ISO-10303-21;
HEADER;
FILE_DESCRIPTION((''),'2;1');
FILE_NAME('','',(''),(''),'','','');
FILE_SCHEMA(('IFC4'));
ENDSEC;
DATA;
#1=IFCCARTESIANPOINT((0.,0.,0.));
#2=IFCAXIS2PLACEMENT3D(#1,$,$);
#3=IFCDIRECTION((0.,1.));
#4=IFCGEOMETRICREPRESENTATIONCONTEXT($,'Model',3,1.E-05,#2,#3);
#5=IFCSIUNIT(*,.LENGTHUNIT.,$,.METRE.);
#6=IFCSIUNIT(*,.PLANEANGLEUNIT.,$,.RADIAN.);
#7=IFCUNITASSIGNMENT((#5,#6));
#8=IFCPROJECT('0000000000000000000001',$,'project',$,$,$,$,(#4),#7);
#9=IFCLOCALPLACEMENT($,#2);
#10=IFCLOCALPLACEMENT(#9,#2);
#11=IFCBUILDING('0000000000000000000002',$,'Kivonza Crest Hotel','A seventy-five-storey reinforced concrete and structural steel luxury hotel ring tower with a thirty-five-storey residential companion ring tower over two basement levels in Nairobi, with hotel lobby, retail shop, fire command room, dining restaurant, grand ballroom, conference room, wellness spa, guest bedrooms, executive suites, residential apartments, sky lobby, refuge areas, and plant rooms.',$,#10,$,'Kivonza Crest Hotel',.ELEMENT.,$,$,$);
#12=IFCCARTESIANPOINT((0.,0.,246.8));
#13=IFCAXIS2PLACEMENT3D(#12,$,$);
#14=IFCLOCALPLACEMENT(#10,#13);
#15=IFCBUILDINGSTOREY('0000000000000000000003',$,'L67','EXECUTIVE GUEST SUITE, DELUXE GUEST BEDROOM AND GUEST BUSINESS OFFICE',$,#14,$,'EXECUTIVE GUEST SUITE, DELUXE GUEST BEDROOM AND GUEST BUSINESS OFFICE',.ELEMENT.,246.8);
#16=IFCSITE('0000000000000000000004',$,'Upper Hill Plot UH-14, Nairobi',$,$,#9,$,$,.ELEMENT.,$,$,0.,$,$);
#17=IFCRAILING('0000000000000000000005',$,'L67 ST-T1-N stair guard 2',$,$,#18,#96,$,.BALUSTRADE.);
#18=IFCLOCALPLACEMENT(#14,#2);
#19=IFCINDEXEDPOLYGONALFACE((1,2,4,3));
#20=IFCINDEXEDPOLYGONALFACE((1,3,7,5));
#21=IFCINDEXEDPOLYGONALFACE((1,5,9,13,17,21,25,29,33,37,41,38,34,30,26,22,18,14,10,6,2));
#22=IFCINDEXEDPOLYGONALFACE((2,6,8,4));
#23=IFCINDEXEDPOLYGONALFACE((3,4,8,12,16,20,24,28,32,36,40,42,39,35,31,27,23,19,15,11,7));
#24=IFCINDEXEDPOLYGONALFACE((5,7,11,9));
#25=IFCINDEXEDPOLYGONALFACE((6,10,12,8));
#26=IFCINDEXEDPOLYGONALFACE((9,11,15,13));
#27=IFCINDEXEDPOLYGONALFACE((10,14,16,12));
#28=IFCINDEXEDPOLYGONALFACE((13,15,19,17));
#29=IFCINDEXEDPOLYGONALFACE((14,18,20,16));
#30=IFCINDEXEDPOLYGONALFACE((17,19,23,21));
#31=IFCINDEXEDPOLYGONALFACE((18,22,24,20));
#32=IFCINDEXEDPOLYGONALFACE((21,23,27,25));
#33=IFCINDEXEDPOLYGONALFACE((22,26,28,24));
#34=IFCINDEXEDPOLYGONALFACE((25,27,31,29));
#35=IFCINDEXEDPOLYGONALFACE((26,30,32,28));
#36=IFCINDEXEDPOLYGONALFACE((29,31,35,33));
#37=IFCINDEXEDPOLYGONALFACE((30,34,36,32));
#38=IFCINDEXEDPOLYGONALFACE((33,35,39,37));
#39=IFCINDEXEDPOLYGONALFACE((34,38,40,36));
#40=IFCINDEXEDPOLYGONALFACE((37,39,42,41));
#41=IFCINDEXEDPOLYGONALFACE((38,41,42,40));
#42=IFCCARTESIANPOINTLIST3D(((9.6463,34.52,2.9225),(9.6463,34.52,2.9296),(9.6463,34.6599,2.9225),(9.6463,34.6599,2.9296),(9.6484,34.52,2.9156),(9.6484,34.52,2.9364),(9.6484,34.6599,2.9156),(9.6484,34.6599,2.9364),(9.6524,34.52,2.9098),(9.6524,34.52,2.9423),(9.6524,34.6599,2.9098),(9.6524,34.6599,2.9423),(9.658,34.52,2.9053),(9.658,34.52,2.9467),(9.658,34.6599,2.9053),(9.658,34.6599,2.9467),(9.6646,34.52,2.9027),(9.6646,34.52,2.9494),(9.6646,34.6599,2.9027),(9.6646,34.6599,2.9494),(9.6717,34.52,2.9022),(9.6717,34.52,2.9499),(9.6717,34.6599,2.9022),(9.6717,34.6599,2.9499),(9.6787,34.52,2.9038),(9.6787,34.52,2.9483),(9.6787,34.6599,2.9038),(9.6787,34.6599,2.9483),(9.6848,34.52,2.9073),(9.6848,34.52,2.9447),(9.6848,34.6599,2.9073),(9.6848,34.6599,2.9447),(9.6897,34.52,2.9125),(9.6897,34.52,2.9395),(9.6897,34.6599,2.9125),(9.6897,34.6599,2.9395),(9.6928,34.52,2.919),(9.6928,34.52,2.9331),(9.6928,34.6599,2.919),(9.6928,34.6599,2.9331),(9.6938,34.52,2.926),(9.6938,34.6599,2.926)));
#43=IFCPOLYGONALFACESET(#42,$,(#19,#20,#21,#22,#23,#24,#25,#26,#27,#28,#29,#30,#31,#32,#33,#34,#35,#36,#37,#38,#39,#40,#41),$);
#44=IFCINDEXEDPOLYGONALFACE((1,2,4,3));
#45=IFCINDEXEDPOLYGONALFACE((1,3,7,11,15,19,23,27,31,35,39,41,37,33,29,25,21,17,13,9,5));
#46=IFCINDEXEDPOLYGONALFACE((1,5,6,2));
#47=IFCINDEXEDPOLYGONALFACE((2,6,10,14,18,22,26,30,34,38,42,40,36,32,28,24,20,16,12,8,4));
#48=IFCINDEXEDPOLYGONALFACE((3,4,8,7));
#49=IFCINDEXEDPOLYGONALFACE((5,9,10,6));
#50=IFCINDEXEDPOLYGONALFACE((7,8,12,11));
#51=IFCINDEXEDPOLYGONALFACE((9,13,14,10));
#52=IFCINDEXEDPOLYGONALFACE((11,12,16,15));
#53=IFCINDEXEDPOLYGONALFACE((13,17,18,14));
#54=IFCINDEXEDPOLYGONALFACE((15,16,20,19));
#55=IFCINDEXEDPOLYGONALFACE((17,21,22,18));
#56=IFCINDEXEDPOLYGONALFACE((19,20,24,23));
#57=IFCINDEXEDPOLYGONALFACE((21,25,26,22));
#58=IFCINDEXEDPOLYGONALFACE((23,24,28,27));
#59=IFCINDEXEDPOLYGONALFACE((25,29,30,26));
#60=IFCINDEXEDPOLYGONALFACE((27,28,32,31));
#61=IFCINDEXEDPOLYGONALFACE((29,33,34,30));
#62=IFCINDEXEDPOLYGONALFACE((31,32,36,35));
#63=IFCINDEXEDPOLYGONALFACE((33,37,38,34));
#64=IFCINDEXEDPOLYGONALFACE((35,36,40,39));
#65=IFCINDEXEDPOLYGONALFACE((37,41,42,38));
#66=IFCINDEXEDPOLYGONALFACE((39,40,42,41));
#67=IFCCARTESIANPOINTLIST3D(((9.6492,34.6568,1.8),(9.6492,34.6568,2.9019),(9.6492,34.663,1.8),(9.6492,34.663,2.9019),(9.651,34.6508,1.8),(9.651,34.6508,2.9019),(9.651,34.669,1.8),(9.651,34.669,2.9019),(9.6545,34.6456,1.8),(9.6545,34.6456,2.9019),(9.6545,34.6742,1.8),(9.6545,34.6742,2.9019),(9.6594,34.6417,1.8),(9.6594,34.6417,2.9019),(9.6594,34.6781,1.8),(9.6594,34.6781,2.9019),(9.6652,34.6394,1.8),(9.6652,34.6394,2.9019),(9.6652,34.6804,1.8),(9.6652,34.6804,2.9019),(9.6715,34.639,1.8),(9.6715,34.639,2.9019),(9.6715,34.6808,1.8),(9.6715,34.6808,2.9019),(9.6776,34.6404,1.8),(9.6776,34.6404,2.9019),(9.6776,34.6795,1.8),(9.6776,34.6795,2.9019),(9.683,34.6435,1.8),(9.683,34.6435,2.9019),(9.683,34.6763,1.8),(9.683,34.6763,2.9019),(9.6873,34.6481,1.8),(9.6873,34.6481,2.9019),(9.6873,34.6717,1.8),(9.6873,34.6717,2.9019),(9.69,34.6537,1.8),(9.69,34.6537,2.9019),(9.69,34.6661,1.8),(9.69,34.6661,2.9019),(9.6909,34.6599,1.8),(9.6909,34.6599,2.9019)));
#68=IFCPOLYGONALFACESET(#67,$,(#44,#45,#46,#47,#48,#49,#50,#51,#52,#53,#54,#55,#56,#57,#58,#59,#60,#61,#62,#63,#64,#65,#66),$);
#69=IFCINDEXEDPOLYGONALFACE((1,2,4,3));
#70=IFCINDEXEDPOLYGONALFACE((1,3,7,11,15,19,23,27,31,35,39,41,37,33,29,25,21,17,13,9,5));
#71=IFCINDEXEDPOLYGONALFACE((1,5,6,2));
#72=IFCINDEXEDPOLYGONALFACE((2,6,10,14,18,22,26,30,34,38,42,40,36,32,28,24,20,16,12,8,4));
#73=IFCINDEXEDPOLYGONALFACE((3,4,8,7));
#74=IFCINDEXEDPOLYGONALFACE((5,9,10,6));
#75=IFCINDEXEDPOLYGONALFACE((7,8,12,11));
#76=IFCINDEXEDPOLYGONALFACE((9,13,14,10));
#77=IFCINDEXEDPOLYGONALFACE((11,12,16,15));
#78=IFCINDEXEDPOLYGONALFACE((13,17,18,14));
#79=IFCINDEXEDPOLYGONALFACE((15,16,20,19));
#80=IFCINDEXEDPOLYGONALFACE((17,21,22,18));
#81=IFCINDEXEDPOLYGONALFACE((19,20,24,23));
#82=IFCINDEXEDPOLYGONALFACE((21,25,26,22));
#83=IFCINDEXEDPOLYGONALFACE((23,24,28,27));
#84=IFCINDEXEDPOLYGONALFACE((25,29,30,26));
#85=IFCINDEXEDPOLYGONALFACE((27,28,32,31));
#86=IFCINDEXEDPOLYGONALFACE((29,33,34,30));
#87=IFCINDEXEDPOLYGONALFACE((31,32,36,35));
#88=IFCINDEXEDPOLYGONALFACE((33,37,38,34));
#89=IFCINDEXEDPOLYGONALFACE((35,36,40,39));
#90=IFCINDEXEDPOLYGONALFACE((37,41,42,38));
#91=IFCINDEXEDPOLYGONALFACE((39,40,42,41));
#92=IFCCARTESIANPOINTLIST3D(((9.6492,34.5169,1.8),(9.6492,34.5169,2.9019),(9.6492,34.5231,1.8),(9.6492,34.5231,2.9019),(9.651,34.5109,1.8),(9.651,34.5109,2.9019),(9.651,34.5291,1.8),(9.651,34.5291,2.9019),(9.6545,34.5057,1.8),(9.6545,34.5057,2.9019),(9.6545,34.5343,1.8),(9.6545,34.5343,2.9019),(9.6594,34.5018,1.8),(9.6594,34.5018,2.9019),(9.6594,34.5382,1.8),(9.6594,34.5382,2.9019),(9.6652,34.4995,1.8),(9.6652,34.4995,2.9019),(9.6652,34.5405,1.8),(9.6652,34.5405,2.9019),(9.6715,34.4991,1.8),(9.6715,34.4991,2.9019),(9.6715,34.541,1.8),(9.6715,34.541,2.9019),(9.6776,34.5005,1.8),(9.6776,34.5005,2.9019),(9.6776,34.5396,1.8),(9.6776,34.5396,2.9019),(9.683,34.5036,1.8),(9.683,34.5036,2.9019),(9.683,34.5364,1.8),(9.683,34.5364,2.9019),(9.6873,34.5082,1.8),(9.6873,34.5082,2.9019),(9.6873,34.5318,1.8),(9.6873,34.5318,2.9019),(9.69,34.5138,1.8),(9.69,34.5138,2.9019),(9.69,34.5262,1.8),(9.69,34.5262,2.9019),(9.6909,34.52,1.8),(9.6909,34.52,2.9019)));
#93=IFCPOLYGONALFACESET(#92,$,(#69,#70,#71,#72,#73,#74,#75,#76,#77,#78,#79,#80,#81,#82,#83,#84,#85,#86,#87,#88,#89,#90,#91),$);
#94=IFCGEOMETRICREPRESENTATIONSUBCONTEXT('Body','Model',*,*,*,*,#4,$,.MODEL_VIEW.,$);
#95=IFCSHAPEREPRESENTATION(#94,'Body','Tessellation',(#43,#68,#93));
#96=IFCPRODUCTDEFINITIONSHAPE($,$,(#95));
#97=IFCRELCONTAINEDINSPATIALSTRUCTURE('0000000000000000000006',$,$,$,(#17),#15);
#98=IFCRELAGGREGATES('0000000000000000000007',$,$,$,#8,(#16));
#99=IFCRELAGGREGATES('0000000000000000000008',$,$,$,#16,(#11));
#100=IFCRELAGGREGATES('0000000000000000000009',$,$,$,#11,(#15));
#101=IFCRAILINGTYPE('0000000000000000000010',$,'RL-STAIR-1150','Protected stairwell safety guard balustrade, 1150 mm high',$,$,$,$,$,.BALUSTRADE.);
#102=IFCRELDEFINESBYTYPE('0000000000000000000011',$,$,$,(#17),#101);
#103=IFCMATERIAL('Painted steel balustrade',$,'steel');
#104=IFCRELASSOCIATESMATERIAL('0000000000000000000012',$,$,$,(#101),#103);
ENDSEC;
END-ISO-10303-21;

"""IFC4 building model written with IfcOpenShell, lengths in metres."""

from ifc_helpers import new_model, si_unit, direction, frame, origin, origin_2d, place, context, subcontext, project, spatial, circle, extrude, material, type_object, element, save


model = new_model("IFC4")

# Units and contexts
model_context = context("Model", 3, precision=1e-05, world=origin(), true_north=direction((0.0, 1.0)))
body_context = subcontext(model_context, "Body", "Model", "MODEL_VIEW")
ifc_project = project(units=[si_unit("LENGTHUNIT", "METRE"), si_unit("PLANEANGLEUNIT", "RADIAN")], contexts=[model_context])

# Site, building, storey
site_placement = place(None, origin())
site = spatial("IfcSite", under=ifc_project, at=site_placement, Name="Upper Hill Plot UH-14, Nairobi", CompositionType="ELEMENT", RefElevation=0.0)
building_placement = place(site_placement, origin())
building = spatial("IfcBuilding", under=site, at=building_placement, Name="Kivonza Crest Hotel", Description="A seventy-five-storey reinforced concrete and structural steel luxury hotel ring tower with a thirty-five-storey residential companion ring tower over two basement levels in Nairobi, with hotel lobby, retail shop, fire command room, dining restaurant, grand ballroom, conference room, wellness spa, guest bedrooms, executive suites, residential apartments, sky lobby, refuge areas, and plant rooms.", LongName="Kivonza Crest Hotel", CompositionType="ELEMENT")
storey_placement = place(building_placement, frame((0.0, 0.0, 246.8)))
storey = spatial("IfcBuildingStorey", under=building, at=storey_placement, Name="L67", Description="EXECUTIVE GUEST SUITE, DELUXE GUEST BEDROOM AND GUEST BUSINESS OFFICE", LongName="EXECUTIVE GUEST SUITE, DELUXE GUEST BEDROOM AND GUEST BUSINESS OFFICE", CompositionType="ELEMENT", Elevation=246.8)

# Railing
ifc_material_1 = material(Name="Painted steel balustrade", Category="steel")
railing_type_1 = type_object("IfcRailingType", Name="RL-STAIR-1150", Description="Protected stairwell safety guard balustrade, 1150 mm high", PredefinedType="BALUSTRADE", material=ifc_material_1)
railing_1_placement = place(storey_placement, frame((9.6699, 34.6599, 1.8)))
element("IfcRailing", 1, at=railing_1_placement, inside=storey, type_object=railing_type_1, Name="L67 ST-T1-N stair guard 2", PredefinedType="BALUSTRADE", context=body_context, shape_type="SweptSolid", body=[
    extrude(circle(Radius=0.0239, at=origin_2d()), frame((0.0, 0.0, 1.126), z_axis=(0.0, -1.0, 0.0), x_axis=(1.0, 0.0, 0.0)), (0.0, 0.0, 1.0), 0.1399),
    extrude(circle(Radius=0.021, at=origin_2d()), origin(), (0.0, 0.0, 1.0), 1.1018),
    extrude(circle(Radius=0.021, at=origin_2d()), frame((0.0, -0.1399, 0.0)), (0.0, 0.0, 1.0), 1.1018),
])

save(model, "model.ifc")
